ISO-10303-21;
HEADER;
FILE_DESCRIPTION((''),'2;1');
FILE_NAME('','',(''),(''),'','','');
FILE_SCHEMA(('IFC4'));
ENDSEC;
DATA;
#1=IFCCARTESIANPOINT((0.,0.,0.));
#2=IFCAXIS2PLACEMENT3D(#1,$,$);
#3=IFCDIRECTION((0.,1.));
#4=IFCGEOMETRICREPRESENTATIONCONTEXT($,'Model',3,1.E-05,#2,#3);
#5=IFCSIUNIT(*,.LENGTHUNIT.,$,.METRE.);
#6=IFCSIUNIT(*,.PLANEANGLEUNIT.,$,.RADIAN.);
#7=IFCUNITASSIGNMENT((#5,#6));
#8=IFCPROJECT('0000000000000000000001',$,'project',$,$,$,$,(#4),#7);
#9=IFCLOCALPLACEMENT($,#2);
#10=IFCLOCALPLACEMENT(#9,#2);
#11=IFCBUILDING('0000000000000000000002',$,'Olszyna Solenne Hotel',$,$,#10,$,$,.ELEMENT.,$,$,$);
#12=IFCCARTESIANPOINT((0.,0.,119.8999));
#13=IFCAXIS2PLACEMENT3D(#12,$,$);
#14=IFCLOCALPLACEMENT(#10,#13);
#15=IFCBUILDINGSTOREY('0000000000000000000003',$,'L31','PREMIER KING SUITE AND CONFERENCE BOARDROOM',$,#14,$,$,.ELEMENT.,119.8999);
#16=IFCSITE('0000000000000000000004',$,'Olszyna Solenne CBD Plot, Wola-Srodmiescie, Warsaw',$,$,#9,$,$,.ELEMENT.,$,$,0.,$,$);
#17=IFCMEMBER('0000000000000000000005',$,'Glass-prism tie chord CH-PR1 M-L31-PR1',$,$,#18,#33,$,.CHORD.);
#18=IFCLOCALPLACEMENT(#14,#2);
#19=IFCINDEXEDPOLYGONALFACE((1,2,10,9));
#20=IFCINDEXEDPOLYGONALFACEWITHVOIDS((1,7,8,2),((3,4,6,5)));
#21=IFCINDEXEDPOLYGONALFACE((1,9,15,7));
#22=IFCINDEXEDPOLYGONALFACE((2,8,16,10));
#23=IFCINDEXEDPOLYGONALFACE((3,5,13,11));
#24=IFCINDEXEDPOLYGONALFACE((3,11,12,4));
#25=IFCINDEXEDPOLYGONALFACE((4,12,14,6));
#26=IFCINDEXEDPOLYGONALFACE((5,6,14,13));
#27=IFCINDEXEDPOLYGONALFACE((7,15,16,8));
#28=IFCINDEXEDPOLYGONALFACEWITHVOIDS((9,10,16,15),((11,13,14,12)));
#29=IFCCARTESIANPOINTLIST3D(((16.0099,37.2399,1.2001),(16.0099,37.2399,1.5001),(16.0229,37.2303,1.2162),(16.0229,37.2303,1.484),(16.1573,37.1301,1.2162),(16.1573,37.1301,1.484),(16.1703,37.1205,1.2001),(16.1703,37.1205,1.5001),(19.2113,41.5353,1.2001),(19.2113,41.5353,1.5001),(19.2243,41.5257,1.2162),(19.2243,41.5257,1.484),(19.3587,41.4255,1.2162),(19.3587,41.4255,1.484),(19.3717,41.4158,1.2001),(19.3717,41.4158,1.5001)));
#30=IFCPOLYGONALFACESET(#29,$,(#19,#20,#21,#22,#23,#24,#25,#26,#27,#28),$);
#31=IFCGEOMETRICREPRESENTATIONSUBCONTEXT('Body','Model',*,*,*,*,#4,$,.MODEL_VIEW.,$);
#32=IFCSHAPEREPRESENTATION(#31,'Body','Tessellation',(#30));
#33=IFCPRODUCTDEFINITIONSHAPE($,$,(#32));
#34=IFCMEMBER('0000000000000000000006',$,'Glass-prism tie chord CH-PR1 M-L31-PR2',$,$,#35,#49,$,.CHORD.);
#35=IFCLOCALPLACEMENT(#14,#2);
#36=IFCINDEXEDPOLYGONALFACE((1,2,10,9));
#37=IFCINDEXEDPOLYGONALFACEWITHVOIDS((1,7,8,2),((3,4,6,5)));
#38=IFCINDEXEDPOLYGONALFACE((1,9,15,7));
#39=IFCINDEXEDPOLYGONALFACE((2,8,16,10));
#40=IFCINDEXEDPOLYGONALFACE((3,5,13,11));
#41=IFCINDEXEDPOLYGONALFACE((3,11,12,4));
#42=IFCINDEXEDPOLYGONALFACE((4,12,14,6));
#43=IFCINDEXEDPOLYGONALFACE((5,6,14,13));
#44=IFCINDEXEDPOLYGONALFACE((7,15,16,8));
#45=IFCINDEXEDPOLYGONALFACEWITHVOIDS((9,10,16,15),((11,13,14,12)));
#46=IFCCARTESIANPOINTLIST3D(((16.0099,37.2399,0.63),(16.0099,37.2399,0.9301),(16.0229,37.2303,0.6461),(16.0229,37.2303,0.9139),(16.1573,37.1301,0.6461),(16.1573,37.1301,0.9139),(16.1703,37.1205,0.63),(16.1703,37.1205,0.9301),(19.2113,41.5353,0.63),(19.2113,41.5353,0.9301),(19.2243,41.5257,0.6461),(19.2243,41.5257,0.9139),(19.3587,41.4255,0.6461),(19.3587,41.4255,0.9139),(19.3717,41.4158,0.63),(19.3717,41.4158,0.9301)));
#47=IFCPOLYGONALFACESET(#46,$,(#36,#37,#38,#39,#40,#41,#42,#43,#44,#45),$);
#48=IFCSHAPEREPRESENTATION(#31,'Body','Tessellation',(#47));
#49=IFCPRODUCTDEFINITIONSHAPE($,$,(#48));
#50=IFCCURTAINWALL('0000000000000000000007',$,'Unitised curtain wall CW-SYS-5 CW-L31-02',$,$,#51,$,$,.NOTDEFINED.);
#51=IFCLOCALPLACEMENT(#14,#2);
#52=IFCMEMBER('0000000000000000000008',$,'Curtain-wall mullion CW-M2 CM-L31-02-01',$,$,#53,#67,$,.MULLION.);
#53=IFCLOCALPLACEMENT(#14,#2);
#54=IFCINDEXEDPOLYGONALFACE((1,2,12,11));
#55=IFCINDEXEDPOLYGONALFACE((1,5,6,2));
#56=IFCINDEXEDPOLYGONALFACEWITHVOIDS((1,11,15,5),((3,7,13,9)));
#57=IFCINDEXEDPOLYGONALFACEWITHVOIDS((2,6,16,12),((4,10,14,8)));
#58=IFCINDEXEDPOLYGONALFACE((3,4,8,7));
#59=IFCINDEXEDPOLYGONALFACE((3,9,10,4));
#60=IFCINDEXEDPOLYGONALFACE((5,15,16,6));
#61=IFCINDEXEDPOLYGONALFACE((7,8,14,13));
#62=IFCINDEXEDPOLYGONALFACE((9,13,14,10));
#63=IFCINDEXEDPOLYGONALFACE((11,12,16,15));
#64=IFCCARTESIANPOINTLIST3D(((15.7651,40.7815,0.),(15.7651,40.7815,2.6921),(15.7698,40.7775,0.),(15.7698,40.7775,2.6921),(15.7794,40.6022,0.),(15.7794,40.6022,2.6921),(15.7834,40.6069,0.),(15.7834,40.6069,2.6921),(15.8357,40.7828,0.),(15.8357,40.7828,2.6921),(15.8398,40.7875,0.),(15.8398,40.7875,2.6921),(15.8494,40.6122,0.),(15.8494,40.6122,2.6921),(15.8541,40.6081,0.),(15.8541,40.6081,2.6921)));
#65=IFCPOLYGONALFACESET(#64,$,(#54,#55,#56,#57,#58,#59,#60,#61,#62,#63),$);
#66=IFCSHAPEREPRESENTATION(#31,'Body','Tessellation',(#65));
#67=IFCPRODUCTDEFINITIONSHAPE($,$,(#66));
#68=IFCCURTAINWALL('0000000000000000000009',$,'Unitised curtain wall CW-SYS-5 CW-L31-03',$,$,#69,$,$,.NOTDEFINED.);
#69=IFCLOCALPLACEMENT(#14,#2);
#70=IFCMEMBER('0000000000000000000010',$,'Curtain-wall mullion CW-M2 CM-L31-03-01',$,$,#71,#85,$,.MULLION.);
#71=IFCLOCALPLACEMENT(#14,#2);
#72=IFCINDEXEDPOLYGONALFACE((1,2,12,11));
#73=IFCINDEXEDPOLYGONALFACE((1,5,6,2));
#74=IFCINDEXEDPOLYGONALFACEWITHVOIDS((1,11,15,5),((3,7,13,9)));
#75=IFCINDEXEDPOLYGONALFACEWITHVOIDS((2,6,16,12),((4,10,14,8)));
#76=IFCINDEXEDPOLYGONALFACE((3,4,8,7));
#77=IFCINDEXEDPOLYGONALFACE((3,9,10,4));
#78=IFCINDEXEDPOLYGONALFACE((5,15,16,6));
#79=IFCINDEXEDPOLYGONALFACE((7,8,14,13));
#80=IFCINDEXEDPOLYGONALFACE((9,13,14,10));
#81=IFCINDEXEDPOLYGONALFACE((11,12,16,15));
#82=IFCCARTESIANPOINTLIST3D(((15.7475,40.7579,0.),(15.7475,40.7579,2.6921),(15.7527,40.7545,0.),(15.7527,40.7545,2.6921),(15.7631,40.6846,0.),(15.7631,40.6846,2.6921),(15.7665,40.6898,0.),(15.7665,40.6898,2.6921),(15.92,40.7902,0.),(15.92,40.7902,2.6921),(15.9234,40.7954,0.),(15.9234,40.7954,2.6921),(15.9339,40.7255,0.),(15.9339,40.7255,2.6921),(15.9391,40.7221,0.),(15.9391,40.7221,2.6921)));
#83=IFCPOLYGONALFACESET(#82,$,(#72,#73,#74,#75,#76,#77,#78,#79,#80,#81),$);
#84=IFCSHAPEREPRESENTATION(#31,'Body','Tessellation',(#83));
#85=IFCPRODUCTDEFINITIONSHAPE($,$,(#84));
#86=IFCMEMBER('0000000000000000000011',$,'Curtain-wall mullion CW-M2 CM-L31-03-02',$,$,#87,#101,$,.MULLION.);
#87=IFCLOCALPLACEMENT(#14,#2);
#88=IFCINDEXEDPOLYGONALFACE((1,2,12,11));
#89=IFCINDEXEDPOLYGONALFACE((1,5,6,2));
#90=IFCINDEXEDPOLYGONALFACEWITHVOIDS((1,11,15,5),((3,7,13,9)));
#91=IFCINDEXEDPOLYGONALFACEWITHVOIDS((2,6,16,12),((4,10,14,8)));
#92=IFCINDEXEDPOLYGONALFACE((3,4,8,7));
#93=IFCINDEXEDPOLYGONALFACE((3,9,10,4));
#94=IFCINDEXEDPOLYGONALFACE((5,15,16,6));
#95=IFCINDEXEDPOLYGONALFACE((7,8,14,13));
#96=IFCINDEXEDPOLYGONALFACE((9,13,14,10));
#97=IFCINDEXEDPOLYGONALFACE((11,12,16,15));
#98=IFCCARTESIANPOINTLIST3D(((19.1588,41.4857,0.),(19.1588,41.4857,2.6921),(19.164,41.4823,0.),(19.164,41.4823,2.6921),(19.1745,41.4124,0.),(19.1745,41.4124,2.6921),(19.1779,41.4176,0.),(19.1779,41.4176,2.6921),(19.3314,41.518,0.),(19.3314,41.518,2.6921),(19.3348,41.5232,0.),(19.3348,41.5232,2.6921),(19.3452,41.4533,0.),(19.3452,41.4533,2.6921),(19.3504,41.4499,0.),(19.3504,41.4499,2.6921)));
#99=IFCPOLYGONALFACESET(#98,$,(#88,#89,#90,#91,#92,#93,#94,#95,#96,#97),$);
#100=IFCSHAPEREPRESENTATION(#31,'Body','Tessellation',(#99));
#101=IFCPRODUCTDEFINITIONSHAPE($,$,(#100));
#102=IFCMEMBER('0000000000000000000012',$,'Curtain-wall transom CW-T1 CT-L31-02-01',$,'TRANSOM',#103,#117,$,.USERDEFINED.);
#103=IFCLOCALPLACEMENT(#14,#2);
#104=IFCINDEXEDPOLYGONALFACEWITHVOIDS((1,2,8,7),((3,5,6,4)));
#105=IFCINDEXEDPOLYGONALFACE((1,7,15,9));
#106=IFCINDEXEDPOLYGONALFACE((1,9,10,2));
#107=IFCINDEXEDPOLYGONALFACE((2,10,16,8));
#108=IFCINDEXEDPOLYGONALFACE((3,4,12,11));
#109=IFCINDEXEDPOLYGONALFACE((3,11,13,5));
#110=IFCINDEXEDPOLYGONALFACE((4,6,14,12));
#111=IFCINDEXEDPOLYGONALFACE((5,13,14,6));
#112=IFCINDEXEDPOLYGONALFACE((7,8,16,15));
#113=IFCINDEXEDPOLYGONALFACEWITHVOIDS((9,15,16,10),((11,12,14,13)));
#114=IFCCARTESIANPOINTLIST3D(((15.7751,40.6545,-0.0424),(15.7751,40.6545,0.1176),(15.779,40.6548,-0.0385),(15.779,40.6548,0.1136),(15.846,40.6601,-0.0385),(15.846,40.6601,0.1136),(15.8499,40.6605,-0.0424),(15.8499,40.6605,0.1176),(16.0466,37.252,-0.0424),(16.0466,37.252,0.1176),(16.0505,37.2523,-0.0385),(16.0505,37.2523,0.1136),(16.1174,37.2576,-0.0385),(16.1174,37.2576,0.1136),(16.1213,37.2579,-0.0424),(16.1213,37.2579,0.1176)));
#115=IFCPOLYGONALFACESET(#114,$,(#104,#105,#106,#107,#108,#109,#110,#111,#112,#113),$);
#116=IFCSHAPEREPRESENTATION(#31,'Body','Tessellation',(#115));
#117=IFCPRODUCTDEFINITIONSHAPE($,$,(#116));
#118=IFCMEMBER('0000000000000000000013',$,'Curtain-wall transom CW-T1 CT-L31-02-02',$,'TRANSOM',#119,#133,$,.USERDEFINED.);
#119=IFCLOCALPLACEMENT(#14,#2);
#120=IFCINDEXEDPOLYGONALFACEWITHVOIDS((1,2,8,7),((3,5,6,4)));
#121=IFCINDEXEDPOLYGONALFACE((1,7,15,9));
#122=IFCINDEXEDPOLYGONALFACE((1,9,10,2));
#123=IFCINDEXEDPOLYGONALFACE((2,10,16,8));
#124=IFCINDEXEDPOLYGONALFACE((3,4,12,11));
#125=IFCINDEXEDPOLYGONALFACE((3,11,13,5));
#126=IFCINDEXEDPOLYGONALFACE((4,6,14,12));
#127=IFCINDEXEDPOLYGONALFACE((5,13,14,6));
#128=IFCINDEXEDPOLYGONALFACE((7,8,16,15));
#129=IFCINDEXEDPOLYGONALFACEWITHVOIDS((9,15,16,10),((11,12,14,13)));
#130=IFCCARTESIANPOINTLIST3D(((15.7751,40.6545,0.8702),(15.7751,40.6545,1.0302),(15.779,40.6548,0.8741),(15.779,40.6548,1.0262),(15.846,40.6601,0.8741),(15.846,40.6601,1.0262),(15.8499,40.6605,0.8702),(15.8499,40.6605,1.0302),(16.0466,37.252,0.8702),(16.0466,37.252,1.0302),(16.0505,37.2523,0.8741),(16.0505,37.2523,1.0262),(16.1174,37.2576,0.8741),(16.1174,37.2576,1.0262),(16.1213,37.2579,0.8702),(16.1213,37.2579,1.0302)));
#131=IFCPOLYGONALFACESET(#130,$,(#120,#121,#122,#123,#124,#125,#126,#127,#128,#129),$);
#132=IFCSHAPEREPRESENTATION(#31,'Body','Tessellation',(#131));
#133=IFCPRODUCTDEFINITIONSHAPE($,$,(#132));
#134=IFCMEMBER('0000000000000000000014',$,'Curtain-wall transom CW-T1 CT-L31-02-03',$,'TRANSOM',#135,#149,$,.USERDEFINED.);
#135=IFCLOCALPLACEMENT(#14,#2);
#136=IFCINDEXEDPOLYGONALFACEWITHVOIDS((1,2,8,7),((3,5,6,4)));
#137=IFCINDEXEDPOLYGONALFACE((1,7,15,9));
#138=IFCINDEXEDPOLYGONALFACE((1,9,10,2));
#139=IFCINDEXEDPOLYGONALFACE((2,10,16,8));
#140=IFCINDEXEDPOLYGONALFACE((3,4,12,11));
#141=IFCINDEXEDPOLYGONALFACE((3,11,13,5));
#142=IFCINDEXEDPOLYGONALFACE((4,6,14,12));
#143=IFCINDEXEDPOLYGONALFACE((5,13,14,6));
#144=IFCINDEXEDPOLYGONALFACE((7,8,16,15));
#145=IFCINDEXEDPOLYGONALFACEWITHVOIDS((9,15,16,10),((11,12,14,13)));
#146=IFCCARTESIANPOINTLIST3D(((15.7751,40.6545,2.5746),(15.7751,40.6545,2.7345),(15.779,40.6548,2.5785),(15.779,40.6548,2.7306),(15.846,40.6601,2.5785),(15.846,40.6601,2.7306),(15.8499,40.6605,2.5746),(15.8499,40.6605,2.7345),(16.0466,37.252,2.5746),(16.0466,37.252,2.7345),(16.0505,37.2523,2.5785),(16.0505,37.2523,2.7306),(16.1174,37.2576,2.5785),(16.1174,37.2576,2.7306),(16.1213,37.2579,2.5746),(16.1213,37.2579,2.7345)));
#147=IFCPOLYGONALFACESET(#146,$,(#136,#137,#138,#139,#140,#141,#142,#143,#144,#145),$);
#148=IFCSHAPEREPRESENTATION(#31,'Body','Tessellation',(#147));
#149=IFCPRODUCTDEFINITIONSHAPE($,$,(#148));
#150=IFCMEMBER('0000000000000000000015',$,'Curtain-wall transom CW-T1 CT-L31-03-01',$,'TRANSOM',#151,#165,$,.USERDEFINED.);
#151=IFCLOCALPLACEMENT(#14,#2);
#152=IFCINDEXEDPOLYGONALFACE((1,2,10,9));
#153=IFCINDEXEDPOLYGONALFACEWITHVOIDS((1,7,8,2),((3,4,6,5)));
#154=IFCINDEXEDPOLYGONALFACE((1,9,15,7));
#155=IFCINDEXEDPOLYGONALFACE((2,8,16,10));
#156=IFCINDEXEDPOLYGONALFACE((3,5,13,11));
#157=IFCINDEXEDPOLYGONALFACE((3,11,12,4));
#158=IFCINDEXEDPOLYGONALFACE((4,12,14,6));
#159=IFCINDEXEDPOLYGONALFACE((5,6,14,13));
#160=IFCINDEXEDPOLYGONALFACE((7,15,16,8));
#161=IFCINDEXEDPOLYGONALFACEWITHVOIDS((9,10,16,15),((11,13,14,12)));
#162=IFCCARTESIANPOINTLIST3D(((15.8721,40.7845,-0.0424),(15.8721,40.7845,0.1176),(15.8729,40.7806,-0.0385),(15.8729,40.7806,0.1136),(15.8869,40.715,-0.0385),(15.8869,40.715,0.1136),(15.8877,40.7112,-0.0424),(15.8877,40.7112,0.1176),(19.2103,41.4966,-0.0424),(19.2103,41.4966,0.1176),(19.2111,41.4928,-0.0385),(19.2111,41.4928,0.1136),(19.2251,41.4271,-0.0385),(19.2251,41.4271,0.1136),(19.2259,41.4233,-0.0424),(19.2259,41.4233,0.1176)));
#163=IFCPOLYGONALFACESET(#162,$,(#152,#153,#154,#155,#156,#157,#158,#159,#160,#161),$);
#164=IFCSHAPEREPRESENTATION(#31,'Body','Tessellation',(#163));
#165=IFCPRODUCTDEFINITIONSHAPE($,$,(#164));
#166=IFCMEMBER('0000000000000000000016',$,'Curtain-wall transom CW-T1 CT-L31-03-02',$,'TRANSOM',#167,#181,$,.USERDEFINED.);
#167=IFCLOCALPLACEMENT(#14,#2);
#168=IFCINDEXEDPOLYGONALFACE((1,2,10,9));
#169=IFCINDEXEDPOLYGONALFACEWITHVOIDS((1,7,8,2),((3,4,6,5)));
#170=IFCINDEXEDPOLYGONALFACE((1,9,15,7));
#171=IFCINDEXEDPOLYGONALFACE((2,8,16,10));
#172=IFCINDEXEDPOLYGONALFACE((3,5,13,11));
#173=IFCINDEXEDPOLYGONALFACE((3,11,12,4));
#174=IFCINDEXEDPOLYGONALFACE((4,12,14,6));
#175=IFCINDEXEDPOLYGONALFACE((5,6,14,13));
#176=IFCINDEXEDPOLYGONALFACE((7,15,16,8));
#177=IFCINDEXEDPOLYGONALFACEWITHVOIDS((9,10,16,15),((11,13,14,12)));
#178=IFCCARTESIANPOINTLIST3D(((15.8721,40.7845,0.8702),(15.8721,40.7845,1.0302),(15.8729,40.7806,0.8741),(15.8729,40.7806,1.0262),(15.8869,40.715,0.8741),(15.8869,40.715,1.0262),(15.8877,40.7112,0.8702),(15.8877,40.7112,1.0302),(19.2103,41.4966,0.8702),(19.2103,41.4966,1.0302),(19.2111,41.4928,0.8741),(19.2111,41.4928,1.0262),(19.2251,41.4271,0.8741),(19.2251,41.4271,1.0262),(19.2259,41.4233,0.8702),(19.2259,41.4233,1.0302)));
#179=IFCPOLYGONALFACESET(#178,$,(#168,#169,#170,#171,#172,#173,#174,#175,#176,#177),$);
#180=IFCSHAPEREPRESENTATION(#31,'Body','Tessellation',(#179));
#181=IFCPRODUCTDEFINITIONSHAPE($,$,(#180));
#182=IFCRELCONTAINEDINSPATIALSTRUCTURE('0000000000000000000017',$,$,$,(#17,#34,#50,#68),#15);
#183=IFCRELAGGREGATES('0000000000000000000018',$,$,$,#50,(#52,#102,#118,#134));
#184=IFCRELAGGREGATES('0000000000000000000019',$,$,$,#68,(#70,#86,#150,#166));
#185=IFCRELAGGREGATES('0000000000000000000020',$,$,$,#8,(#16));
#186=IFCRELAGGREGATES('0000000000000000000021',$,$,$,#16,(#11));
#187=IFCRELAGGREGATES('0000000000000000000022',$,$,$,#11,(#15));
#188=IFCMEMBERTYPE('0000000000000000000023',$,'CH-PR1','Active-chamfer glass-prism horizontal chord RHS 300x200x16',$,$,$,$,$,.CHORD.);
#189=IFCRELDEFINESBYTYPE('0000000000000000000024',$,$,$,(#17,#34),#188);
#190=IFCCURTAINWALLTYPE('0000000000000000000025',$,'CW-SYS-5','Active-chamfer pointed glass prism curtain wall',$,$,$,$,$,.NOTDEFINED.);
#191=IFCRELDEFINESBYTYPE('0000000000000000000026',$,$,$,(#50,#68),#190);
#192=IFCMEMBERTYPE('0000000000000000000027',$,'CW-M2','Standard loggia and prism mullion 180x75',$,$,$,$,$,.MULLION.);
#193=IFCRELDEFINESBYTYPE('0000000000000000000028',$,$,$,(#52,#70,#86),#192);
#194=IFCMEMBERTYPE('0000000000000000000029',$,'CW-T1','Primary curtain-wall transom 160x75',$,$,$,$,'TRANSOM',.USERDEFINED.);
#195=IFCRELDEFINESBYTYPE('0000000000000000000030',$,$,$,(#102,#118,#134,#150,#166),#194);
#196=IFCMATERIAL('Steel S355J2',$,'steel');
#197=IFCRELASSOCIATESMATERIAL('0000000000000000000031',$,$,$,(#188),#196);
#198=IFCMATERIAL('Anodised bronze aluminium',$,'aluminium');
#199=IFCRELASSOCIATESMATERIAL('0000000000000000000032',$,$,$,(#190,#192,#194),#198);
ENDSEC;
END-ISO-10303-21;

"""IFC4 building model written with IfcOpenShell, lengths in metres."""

from ifc_helpers import new_model, si_unit, direction, frame, origin, origin_2d, place, context, subcontext, project, spatial, hollow_rectangle, extrude, source, transform, mapped, material, material_profile, profile_set, type_object, element, aggregate, save


model = new_model("IFC4")

# Units and contexts
model_context = context("Model", 3, precision=1e-05, world=origin(), true_north=direction((0.0, 1.0)))
body_context = subcontext(model_context, "Body", "Model", "MODEL_VIEW")
ifc_project = project(units=[si_unit("LENGTHUNIT", "METRE"), si_unit("PLANEANGLEUNIT", "RADIAN")], contexts=[model_context])

# Site, building, storey
site_placement = place(None, origin())
site = spatial("IfcSite", under=ifc_project, at=site_placement, Name="Olszyna Solenne CBD Plot, Wola-Srodmiescie, Warsaw", CompositionType="ELEMENT", RefElevation=0.0)
building_placement = place(site_placement, origin())
building = spatial("IfcBuilding", under=site, at=building_placement, Name="Olszyna Solenne Hotel", CompositionType="ELEMENT")
storey_placement = place(building_placement, frame((0.0, 0.0, 119.8999)))
storey = spatial("IfcBuildingStorey", under=building, at=storey_placement, Name="L31", Description="PREMIER KING SUITE AND CONFERENCE BOARDROOM", CompositionType="ELEMENT", Elevation=119.8999)

# Shared definitions
ifc_material_1 = material(Name="Steel S355J2", Category="steel")

# Members
ifc_material_profile_1 = material_profile(ifc_material_1, hollow_rectangle(XDim=0.2, YDim=0.3, WallThickness=0.0161, at=origin_2d()), Name="RHS 300x200x16", Category="load-bearing")
ifc_profile_set_1 = profile_set([ifc_material_profile_1], Name="Steel S355J2")
member_type_1 = type_object("IfcMemberType", Name="CH-PR1", Description="Active-chamfer glass-prism horizontal chord RHS 300x200x16", PredefinedType="CHORD", material=ifc_profile_set_1)
shared_shape_1 = source(origin(), body_context, "Body", "SweptSolid", [
    extrude(hollow_rectangle(XDim=0.2, YDim=0.3, WallThickness=0.0161, at=origin_2d()), origin(), (0.0, 0.0, 1.0), 5.3572),
])
for number, where, z_axis, x_axis, name in (
    (1, (19.2915, 41.4756, 1.3501), (-0.597591, -0.801801, 0.0), (0.801801, -0.597591, 0.0), "Glass-prism tie chord CH-PR1 M-L31-PR1"),
    (2, (19.2915, 41.4756, 0.78), (-0.597591, -0.801801, 0.0), (0.801801, -0.597591, 0.0), "Glass-prism tie chord CH-PR1 M-L31-PR2"),
):
    element("IfcMember", number, at=place(storey_placement, frame(where, z_axis=z_axis, x_axis=x_axis)), inside=storey, type_object=member_type_1, Name=name, PredefinedType="CHORD", context=body_context, shape_type="MappedRepresentation", body=[
        mapped(shared_shape_1, transform((0.0, 0.0, 0.0), x_axis=(1.0, 0.0, 0.0), y_axis=(0.0, 1.0, 0.0), z_axis=(0.0, 0.0, 1.0), scale=1.0)),
    ])

# Curtain wall, member
ifc_material_2 = material(Name="Anodised bronze aluminium", Category="aluminium")
curtain_wall_type = type_object("IfcCurtainWallType", Name="CW-SYS-5", Description="Active-chamfer pointed glass prism curtain wall", PredefinedType="NOTDEFINED", material=ifc_material_2)
curtain_wall_1_placement = place(storey_placement, origin())
curtain_wall_1 = element("IfcCurtainWall", 3, at=curtain_wall_1_placement, inside=storey, type_object=curtain_wall_type, Name="Unitised curtain wall CW-SYS-5 CW-L31-02", PredefinedType="NOTDEFINED")
ifc_material_profile_2 = material_profile(ifc_material_2, hollow_rectangle(XDim=0.075, YDim=0.1799, WallThickness=0.0044, at=origin_2d()), Name="MULL 180x75x4.5", Category="load-bearing")
ifc_profile_set_2 = profile_set([ifc_material_profile_2], Name="Anodised bronze aluminium")
member_type_2 = type_object("IfcMemberType", Name="CW-M2", Description="Standard loggia and prism mullion 180x75", PredefinedType="MULLION", material=ifc_profile_set_2)
shared_shape_2 = source(origin(), body_context, "Body", "SweptSolid", [
    extrude(hollow_rectangle(XDim=0.075, YDim=0.1799, WallThickness=0.0044, at=origin_2d()), origin(), (0.0, 0.0, 1.0), 2.6921),
])
member_1_placement = place(storey_placement, frame((15.8096, 40.6948, 0.0), z_axis=(0.0, 0.0, 1.0), x_axis=(0.99683, 0.079559, 0.0)))
member_1 = element("IfcMember", 4, at=member_1_placement, type_object=member_type_2, Name="Curtain-wall mullion CW-M2 CM-L31-02-01", PredefinedType="MULLION", context=body_context, shape_type="MappedRepresentation", body=[
    mapped(shared_shape_2, transform((0.0, 0.0, 0.0), x_axis=(1.0, 0.0, 0.0), y_axis=(0.0, 1.0, 0.0), z_axis=(0.0, 0.0, 1.0), scale=1.0)),
])

# Curtain wall, members
curtain_wall_2_placement = place(storey_placement, origin())
curtain_wall_2 = element("IfcCurtainWall", 5, at=curtain_wall_2_placement, inside=storey, type_object=curtain_wall_type, Name="Unitised curtain wall CW-SYS-5 CW-L31-03", PredefinedType="NOTDEFINED")
member_2_placement = place(storey_placement, frame((15.8433, 40.74, 0.0), z_axis=(0.0, 0.0, 1.0), x_axis=(-0.208626, 0.977995, 0.0)))
member_2 = element("IfcMember", 6, at=member_2_placement, type_object=member_type_2, Name="Curtain-wall mullion CW-M2 CM-L31-03-01", PredefinedType="MULLION", context=body_context, shape_type="MappedRepresentation", body=[
    mapped(shared_shape_2, transform((0.0, 0.0, 0.0), x_axis=(1.0, 0.0, 0.0), y_axis=(0.0, 1.0, 0.0), z_axis=(0.0, 0.0, 1.0), scale=1.0)),
])
member_3_placement = place(storey_placement, frame((19.2546, 41.4678, 0.0), z_axis=(0.0, 0.0, 1.0), x_axis=(-0.208626, 0.977995, 0.0)))
member_3 = element("IfcMember", 7, at=member_3_placement, type_object=member_type_2, Name="Curtain-wall mullion CW-M2 CM-L31-03-02", PredefinedType="MULLION", context=body_context, shape_type="MappedRepresentation", body=[
    mapped(shared_shape_2, transform((0.0, 0.0, 0.0), x_axis=(1.0, 0.0, 0.0), y_axis=(0.0, 1.0, 0.0), z_axis=(0.0, 0.0, 1.0), scale=1.0)),
])

# Members
ifc_material_profile_3 = material_profile(ifc_material_2, hollow_rectangle(XDim=0.075, YDim=0.1599, WallThickness=0.0039, at=origin_2d()), Name="TRAN 160x75x4", Category="load-bearing")
ifc_profile_set_3 = profile_set([ifc_material_profile_3], Name="Anodised bronze aluminium")
member_type_3 = type_object("IfcMemberType", Name="CW-T1", Description="Primary curtain-wall transom 160x75", ElementType="TRANSOM", PredefinedType="USERDEFINED", material=ifc_profile_set_3)
shared_shape_3 = source(origin(), body_context, "Body", "SweptSolid", [
    extrude(hollow_rectangle(XDim=0.075, YDim=0.1599, WallThickness=0.0039, at=origin_2d()), origin(), (0.0, 0.0, 1.0), 3.4133),
])
member_4_placement = place(storey_placement, frame((15.8125, 40.6575, 0.0376), z_axis=(0.079535, -0.996832, 0.0), x_axis=(0.996832, 0.079535, 0.0)))
member_4 = element("IfcMember", 8, at=member_4_placement, type_object=member_type_3, Name="Curtain-wall transom CW-T1 CT-L31-02-01", ObjectType="TRANSOM", PredefinedType="USERDEFINED", context=body_context, shape_type="MappedRepresentation", body=[
    mapped(shared_shape_3, transform((0.0, 0.0, 0.0), x_axis=(1.0, 0.0, 0.0), y_axis=(0.0, 1.0, 0.0), z_axis=(0.0, 0.0, 1.0), scale=1.0)),
])
member_5_placement = place(storey_placement, frame((15.8125, 40.6575, 0.9502), z_axis=(0.079535, -0.996832, 0.0), x_axis=(0.996832, 0.079535, 0.0)))
member_5 = element("IfcMember", 9, at=member_5_placement, type_object=member_type_3, Name="Curtain-wall transom CW-T1 CT-L31-02-02", ObjectType="TRANSOM", PredefinedType="USERDEFINED", context=body_context, shape_type="MappedRepresentation", body=[
    mapped(shared_shape_3, transform((0.0, 0.0, 0.0), x_axis=(1.0, 0.0, 0.0), y_axis=(0.0, 1.0, 0.0), z_axis=(0.0, 0.0, 1.0), scale=1.0)),
])
member_6_placement = place(storey_placement, frame((15.8125, 40.6575, 2.6545), z_axis=(0.079535, -0.996832, 0.0), x_axis=(0.996832, 0.079535, 0.0)))
member_6 = element("IfcMember", 10, at=member_6_placement, type_object=member_type_3, Name="Curtain-wall transom CW-T1 CT-L31-02-03", ObjectType="TRANSOM", PredefinedType="USERDEFINED", context=body_context, shape_type="MappedRepresentation", body=[
    mapped(shared_shape_3, transform((0.0, 0.0, 0.0), x_axis=(1.0, 0.0, 0.0), y_axis=(0.0, 1.0, 0.0), z_axis=(0.0, 0.0, 1.0), scale=1.0)),
])
member_7_placement = place(storey_placement, frame((15.8799, 40.7478, 0.0376), z_axis=(0.977991, 0.208645, 0.0), x_axis=(-0.208645, 0.977991, 0.0)))
member_7 = element("IfcMember", 11, at=member_7_placement, type_object=member_type_3, Name="Curtain-wall transom CW-T1 CT-L31-03-01", ObjectType="TRANSOM", PredefinedType="USERDEFINED", context=body_context, shape_type="MappedRepresentation", body=[
    mapped(shared_shape_3, transform((0.0, 0.0, 0.0), x_axis=(1.0, 0.0, 0.0), y_axis=(0.0, 1.0, 0.0), z_axis=(0.0, 0.0, 1.0), scale=1.0)),
])
member_8_placement = place(storey_placement, frame((15.8799, 40.7478, 0.9502), z_axis=(0.977991, 0.208645, 0.0), x_axis=(-0.208645, 0.977991, 0.0)))
member_8 = element("IfcMember", 12, at=member_8_placement, type_object=member_type_3, Name="Curtain-wall transom CW-T1 CT-L31-03-02", ObjectType="TRANSOM", PredefinedType="USERDEFINED", context=body_context, shape_type="MappedRepresentation", body=[
    mapped(shared_shape_3, transform((0.0, 0.0, 0.0), x_axis=(1.0, 0.0, 0.0), y_axis=(0.0, 1.0, 0.0), z_axis=(0.0, 0.0, 1.0), scale=1.0)),
])

aggregate(curtain_wall_1, [member_1, member_4, member_5, member_6])
aggregate(curtain_wall_2, [member_2, member_3, member_7, member_8])

save(model, "model.ifc")
